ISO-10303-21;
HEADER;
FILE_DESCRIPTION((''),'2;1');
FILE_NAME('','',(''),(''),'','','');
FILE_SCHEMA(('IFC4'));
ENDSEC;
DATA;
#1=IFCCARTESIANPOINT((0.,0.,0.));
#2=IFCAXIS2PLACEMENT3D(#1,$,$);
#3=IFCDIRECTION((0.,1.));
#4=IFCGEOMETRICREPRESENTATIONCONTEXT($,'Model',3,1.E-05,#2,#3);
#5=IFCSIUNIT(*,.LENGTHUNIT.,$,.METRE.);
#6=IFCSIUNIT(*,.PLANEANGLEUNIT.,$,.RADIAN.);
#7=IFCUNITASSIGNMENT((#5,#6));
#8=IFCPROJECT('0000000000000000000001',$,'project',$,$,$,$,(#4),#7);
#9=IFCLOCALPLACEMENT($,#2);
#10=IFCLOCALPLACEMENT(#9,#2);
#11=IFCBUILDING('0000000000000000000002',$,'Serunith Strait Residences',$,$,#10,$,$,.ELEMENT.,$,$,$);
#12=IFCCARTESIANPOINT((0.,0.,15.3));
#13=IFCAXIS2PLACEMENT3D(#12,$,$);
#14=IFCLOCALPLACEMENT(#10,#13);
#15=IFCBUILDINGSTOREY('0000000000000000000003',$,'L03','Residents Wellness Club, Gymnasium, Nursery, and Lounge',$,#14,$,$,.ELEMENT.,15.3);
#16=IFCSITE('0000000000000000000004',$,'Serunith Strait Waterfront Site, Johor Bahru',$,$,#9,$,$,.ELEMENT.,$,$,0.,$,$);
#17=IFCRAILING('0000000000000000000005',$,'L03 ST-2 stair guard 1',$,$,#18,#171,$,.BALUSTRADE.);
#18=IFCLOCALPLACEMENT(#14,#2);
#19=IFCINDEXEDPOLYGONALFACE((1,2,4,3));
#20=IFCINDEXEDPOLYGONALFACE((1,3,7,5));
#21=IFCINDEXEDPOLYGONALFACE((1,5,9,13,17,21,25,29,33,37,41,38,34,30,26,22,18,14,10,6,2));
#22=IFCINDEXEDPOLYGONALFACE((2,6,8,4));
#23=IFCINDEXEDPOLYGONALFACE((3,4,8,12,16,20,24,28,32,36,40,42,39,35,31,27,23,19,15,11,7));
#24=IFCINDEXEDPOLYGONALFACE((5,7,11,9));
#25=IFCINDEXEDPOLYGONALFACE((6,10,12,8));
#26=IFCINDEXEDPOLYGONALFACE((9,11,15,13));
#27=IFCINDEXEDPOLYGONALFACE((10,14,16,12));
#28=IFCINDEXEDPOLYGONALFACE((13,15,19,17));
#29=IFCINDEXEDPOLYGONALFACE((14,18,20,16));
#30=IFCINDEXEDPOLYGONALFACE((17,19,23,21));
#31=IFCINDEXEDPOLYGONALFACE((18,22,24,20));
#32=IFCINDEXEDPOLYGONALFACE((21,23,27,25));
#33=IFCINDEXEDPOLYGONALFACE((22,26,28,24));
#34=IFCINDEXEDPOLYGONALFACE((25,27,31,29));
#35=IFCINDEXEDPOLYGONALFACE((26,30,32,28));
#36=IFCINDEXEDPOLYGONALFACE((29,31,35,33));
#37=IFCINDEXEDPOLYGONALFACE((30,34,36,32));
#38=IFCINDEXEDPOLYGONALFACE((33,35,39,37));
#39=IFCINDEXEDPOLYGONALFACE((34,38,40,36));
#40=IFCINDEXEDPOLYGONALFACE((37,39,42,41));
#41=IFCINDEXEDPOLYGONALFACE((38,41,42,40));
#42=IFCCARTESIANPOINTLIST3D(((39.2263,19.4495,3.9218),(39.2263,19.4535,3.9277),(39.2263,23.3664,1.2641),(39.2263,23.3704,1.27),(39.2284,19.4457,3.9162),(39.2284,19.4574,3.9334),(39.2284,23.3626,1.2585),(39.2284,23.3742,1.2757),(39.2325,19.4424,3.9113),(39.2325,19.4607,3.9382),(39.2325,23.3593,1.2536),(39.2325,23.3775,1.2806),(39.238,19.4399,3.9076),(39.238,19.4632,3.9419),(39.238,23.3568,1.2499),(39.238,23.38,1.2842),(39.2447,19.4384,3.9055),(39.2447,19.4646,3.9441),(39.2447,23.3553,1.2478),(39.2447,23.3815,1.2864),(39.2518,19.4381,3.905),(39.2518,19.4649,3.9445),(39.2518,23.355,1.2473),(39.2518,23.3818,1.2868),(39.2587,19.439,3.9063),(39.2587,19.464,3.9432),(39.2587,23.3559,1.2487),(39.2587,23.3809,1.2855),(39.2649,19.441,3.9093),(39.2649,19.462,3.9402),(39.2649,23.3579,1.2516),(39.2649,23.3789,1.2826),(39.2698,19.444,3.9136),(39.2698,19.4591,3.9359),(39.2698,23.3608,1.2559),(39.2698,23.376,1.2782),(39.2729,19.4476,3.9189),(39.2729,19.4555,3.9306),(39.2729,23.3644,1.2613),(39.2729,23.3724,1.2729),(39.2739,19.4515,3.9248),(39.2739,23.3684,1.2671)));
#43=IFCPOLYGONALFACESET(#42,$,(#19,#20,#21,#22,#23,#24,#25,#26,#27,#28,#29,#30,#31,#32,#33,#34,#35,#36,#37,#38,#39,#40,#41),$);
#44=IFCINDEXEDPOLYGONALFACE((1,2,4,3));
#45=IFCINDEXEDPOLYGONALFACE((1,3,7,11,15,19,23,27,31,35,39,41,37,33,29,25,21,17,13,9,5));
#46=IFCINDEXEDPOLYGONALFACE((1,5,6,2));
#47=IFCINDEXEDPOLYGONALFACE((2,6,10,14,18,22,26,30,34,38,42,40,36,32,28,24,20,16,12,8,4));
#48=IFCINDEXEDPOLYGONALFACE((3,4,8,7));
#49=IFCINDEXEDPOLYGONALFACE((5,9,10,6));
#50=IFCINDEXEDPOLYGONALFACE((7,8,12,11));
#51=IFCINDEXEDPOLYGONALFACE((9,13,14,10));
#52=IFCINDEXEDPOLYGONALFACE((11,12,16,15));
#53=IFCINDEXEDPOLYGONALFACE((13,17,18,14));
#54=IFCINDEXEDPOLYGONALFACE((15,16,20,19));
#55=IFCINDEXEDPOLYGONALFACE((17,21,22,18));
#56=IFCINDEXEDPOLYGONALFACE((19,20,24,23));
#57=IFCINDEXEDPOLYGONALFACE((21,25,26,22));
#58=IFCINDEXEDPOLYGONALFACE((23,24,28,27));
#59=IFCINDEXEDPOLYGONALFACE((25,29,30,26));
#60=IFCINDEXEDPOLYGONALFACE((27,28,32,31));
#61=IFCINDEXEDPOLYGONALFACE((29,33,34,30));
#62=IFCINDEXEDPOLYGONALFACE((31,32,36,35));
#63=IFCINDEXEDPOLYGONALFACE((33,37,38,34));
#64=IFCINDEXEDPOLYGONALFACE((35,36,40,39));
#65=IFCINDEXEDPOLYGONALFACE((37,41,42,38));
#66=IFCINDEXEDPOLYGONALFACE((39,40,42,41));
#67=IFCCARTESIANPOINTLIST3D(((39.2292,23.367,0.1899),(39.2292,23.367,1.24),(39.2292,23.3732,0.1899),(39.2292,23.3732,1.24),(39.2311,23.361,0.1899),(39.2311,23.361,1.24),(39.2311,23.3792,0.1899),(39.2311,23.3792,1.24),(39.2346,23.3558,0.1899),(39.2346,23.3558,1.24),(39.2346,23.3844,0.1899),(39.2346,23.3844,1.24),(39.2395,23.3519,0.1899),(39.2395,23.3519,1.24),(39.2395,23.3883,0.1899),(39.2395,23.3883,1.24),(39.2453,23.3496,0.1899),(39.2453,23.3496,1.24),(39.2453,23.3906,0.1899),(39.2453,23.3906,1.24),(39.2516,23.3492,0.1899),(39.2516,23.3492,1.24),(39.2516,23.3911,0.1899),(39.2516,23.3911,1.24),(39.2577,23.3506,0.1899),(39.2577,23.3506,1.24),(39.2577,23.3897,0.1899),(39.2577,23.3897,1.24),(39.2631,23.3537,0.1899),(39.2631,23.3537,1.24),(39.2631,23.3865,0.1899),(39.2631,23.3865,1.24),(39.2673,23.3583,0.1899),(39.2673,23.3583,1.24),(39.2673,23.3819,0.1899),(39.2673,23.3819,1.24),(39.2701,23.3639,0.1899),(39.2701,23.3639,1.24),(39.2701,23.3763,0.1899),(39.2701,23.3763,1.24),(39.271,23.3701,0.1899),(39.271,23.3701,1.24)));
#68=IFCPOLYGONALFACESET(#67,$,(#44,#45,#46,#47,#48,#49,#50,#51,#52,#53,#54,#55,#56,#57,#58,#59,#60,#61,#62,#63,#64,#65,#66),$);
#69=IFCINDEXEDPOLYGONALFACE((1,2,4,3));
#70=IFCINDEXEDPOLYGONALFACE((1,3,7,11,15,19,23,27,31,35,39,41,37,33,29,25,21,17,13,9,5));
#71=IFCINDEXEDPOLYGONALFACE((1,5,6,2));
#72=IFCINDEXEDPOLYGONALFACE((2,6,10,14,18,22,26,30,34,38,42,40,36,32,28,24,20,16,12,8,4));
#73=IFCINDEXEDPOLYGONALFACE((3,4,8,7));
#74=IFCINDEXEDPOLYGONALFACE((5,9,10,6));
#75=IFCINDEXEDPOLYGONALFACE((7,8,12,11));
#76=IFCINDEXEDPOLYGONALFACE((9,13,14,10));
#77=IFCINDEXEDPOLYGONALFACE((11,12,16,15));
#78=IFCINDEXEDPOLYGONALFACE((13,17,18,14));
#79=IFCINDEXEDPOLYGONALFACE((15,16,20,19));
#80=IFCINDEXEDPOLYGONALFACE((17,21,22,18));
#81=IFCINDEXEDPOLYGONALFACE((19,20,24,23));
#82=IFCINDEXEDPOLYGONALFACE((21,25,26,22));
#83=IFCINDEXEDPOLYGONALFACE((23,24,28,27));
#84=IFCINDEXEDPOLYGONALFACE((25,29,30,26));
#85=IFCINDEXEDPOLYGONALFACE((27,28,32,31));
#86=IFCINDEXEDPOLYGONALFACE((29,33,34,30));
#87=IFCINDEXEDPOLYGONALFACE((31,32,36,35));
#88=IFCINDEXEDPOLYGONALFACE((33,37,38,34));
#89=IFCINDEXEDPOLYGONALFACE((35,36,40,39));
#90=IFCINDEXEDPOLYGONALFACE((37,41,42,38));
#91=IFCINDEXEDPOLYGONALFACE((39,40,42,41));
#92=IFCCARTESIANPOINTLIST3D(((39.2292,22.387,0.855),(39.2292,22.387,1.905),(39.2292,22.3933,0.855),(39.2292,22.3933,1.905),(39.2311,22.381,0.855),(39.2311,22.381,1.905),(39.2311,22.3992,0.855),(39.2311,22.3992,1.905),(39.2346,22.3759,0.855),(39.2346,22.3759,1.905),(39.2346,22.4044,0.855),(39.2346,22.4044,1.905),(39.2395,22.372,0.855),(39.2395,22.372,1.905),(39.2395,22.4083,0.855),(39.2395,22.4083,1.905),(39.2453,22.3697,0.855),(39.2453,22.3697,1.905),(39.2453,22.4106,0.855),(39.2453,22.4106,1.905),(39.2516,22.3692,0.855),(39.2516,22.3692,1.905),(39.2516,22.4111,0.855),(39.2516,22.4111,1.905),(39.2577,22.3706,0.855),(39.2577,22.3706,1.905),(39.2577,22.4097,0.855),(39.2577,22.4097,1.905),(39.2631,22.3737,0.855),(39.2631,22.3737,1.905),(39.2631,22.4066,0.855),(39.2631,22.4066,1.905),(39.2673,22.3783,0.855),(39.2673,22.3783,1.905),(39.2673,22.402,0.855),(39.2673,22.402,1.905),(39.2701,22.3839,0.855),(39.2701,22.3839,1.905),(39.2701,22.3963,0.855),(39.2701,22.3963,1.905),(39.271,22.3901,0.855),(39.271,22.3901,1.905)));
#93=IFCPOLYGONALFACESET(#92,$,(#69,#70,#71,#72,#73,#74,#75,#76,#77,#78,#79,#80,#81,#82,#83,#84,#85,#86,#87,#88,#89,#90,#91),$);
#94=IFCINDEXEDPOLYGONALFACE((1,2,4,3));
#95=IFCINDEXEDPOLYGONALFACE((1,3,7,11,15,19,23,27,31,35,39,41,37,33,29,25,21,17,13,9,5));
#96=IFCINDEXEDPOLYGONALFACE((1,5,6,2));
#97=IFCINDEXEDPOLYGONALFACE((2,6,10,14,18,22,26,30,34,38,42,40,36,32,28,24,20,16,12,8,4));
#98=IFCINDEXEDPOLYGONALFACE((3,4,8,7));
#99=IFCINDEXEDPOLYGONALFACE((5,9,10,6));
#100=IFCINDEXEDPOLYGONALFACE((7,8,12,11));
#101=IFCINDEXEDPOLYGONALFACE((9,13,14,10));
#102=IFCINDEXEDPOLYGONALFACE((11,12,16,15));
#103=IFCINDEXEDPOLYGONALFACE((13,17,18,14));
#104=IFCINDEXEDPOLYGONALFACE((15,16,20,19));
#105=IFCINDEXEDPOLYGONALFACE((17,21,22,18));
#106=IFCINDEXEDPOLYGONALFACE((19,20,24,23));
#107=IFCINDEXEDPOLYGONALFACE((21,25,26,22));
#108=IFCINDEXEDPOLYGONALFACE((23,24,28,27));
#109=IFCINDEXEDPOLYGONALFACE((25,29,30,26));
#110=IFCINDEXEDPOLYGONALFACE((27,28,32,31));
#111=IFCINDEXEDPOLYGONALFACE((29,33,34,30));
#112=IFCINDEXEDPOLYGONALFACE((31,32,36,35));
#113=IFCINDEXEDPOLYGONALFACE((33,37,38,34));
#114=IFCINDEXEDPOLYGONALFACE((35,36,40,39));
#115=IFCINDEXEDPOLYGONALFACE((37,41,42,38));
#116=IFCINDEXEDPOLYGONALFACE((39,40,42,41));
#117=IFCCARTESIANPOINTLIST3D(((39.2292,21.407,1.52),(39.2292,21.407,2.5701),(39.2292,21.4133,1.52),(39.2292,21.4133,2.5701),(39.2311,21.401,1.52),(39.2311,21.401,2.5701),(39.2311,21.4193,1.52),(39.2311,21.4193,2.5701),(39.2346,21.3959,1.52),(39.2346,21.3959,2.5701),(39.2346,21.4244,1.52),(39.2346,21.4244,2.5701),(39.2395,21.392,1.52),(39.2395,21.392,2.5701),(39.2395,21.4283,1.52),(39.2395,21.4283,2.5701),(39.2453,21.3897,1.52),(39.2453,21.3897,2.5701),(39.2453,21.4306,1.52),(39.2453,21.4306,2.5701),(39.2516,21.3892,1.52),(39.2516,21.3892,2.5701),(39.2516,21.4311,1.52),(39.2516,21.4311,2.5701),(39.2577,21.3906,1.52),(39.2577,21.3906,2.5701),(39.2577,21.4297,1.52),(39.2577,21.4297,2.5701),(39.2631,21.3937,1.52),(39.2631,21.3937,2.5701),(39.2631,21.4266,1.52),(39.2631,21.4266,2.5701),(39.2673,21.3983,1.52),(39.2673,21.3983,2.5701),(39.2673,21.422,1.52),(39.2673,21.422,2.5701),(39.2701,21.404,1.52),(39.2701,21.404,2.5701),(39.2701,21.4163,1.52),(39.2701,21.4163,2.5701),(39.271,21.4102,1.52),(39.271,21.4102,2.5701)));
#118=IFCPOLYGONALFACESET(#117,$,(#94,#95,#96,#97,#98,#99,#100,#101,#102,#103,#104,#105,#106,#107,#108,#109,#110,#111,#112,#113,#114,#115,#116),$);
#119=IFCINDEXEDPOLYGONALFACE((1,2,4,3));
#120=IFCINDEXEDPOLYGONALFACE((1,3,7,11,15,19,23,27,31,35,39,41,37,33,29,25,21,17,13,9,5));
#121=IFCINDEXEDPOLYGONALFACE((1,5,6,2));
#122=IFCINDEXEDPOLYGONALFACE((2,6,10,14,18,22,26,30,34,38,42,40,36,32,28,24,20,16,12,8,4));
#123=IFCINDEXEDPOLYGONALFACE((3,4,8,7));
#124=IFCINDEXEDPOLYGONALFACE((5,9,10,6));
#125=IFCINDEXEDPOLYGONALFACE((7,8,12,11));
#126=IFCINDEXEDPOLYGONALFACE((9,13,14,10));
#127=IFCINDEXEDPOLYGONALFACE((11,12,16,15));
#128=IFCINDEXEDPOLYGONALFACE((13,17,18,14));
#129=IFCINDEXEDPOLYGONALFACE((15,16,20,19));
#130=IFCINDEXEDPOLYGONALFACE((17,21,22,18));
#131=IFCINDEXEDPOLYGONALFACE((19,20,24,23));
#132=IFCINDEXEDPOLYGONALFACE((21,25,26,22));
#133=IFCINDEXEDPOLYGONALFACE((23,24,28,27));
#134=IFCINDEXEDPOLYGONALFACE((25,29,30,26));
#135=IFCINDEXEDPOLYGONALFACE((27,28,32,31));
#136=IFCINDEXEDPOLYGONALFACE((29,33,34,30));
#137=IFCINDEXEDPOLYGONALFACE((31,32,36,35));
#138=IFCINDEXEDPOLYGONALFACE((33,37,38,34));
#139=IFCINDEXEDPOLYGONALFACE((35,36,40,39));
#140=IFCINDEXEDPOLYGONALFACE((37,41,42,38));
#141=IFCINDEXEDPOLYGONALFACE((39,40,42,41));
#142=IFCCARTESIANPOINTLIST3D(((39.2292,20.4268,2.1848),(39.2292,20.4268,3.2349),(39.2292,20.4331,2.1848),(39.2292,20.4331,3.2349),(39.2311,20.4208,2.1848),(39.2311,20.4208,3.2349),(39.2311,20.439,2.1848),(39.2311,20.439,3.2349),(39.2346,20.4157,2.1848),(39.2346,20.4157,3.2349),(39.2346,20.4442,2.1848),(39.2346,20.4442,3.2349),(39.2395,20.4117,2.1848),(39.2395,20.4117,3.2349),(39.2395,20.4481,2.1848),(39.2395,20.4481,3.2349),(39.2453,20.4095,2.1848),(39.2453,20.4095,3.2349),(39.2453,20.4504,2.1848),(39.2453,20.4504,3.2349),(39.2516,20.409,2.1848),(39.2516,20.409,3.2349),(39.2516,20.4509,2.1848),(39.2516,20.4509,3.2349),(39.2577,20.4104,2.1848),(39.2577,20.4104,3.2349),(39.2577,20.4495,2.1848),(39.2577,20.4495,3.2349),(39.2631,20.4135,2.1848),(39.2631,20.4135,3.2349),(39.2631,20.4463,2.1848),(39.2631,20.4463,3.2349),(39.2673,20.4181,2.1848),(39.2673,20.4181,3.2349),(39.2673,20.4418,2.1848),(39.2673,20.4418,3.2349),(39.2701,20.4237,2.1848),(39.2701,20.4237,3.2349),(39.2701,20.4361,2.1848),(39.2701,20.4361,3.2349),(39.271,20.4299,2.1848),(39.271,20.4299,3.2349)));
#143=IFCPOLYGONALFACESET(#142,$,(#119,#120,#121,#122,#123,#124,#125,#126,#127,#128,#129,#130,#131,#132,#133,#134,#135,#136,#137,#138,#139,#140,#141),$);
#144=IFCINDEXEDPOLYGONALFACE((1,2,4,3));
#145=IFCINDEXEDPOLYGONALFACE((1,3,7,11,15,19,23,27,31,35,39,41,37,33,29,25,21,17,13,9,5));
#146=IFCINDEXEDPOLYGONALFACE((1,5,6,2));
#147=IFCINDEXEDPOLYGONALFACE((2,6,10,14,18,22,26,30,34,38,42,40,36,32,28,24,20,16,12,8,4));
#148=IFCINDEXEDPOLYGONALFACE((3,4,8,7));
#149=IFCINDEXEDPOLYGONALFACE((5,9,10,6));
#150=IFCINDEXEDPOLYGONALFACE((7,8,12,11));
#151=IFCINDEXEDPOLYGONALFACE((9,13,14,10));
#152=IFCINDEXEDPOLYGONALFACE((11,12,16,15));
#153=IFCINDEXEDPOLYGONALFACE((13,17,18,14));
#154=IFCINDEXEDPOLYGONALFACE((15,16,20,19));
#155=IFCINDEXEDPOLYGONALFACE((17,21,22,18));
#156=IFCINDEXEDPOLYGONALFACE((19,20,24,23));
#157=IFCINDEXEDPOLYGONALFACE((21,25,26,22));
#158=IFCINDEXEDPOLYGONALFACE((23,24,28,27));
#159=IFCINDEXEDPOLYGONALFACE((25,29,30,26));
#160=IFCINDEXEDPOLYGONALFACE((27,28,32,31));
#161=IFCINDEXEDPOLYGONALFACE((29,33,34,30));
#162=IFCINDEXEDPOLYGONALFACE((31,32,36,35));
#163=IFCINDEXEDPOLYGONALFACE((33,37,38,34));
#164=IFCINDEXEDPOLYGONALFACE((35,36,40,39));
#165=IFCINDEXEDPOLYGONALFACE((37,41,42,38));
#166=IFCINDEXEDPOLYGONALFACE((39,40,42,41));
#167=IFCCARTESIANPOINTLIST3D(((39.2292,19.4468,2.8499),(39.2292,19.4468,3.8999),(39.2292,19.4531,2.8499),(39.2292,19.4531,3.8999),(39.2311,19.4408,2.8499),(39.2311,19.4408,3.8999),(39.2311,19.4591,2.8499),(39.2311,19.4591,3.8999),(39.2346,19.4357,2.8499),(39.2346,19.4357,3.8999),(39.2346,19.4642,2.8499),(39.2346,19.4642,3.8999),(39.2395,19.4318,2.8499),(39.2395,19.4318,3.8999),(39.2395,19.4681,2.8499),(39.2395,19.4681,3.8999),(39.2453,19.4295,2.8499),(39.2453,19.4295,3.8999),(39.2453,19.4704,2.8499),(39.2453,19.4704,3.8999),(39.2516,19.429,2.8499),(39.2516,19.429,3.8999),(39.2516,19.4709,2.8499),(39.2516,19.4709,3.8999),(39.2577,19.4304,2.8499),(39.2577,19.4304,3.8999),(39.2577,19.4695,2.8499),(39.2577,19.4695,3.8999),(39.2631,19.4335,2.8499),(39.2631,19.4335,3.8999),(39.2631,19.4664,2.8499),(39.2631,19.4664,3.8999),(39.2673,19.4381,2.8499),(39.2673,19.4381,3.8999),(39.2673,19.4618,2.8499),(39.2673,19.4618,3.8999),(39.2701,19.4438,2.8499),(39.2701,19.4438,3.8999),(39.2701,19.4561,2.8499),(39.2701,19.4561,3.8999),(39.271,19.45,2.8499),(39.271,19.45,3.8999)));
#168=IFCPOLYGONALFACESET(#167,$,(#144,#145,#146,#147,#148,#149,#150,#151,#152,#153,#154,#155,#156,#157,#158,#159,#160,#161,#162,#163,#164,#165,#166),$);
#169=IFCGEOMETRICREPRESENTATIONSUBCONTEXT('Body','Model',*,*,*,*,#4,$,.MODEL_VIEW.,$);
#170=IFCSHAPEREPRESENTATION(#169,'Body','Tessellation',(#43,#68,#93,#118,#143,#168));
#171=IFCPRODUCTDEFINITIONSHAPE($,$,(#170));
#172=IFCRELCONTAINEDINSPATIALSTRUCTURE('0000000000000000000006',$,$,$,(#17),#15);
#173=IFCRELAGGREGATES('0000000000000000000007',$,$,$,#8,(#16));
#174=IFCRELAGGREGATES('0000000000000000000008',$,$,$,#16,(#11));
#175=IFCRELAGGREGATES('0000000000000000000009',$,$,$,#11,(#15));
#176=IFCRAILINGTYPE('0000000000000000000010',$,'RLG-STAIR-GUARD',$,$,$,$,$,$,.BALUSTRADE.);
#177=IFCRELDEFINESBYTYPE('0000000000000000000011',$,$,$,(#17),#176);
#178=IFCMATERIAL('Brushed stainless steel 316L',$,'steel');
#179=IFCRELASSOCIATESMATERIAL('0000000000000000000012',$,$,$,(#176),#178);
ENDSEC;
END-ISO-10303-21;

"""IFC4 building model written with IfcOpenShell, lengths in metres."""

from ifc_helpers import new_model, si_unit, direction, frame, origin, origin_2d, place, context, subcontext, project, spatial, circle, extrude, material, type_object, element, save


model = new_model("IFC4")

# Units and contexts
model_context = context("Model", 3, precision=1e-05, world=origin(), true_north=direction((0.0, 1.0)))
body_context = subcontext(model_context, "Body", "Model", "MODEL_VIEW")
ifc_project = project(units=[si_unit("LENGTHUNIT", "METRE"), si_unit("PLANEANGLEUNIT", "RADIAN")], contexts=[model_context])

# Site, building, storey
site_placement = place(None, origin())
site = spatial("IfcSite", under=ifc_project, at=site_placement, Name="Serunith Strait Waterfront Site, Johor Bahru", CompositionType="ELEMENT", RefElevation=0.0)
building_placement = place(site_placement, origin())
building = spatial("IfcBuilding", under=site, at=building_placement, Name="Serunith Strait Residences", CompositionType="ELEMENT")
storey_placement = place(building_placement, frame((0.0, 0.0, 15.3)))
storey = spatial("IfcBuildingStorey", under=building, at=storey_placement, Name="L03", Description="Residents Wellness Club, Gymnasium, Nursery, and Lounge", CompositionType="ELEMENT", Elevation=15.3)

# Railing
ifc_material_1 = material(Name="Brushed stainless steel 316L", Category="steel")
railing_type_1 = type_object("IfcRailingType", Name="RLG-STAIR-GUARD", PredefinedType="BALUSTRADE", material=ifc_material_1)
railing_1_placement = place(storey_placement, frame((39.25, 23.3701, 0.1899)))
element("IfcRailing", 1, at=railing_1_placement, inside=storey, type_object=railing_type_1, Name="L03 ST-2 stair guard 1", PredefinedType="BALUSTRADE", context=body_context, shape_type="SweptSolid", body=[
    extrude(circle(Radius=0.0239, at=origin_2d()), frame((0.0, -0.0017, 1.0771), z_axis=(0.0, -0.827495, 0.561472), x_axis=(1.0, 0.0, 0.0)), (0.0, 0.0, 1.0), 4.7334),
    extrude(circle(Radius=0.021, at=origin_2d()), origin(), (0.0, 0.0, 1.0), 1.05),
    extrude(circle(Radius=0.021, at=origin_2d()), frame((0.0, -0.98, 0.665)), (0.0, 0.0, 1.0), 1.05),
    extrude(circle(Radius=0.021, at=origin_2d()), frame((0.0, -1.96, 1.3301)), (0.0, 0.0, 1.0), 1.05),
    extrude(circle(Radius=0.021, at=origin_2d()), frame((0.0, -2.9402, 1.9949)), (0.0, 0.0, 1.0), 1.05),
    extrude(circle(Radius=0.021, at=origin_2d()), frame((0.0, -3.9202, 2.6599)), (0.0, 0.0, 1.0), 1.05),
])

save(model, "model.ifc")
